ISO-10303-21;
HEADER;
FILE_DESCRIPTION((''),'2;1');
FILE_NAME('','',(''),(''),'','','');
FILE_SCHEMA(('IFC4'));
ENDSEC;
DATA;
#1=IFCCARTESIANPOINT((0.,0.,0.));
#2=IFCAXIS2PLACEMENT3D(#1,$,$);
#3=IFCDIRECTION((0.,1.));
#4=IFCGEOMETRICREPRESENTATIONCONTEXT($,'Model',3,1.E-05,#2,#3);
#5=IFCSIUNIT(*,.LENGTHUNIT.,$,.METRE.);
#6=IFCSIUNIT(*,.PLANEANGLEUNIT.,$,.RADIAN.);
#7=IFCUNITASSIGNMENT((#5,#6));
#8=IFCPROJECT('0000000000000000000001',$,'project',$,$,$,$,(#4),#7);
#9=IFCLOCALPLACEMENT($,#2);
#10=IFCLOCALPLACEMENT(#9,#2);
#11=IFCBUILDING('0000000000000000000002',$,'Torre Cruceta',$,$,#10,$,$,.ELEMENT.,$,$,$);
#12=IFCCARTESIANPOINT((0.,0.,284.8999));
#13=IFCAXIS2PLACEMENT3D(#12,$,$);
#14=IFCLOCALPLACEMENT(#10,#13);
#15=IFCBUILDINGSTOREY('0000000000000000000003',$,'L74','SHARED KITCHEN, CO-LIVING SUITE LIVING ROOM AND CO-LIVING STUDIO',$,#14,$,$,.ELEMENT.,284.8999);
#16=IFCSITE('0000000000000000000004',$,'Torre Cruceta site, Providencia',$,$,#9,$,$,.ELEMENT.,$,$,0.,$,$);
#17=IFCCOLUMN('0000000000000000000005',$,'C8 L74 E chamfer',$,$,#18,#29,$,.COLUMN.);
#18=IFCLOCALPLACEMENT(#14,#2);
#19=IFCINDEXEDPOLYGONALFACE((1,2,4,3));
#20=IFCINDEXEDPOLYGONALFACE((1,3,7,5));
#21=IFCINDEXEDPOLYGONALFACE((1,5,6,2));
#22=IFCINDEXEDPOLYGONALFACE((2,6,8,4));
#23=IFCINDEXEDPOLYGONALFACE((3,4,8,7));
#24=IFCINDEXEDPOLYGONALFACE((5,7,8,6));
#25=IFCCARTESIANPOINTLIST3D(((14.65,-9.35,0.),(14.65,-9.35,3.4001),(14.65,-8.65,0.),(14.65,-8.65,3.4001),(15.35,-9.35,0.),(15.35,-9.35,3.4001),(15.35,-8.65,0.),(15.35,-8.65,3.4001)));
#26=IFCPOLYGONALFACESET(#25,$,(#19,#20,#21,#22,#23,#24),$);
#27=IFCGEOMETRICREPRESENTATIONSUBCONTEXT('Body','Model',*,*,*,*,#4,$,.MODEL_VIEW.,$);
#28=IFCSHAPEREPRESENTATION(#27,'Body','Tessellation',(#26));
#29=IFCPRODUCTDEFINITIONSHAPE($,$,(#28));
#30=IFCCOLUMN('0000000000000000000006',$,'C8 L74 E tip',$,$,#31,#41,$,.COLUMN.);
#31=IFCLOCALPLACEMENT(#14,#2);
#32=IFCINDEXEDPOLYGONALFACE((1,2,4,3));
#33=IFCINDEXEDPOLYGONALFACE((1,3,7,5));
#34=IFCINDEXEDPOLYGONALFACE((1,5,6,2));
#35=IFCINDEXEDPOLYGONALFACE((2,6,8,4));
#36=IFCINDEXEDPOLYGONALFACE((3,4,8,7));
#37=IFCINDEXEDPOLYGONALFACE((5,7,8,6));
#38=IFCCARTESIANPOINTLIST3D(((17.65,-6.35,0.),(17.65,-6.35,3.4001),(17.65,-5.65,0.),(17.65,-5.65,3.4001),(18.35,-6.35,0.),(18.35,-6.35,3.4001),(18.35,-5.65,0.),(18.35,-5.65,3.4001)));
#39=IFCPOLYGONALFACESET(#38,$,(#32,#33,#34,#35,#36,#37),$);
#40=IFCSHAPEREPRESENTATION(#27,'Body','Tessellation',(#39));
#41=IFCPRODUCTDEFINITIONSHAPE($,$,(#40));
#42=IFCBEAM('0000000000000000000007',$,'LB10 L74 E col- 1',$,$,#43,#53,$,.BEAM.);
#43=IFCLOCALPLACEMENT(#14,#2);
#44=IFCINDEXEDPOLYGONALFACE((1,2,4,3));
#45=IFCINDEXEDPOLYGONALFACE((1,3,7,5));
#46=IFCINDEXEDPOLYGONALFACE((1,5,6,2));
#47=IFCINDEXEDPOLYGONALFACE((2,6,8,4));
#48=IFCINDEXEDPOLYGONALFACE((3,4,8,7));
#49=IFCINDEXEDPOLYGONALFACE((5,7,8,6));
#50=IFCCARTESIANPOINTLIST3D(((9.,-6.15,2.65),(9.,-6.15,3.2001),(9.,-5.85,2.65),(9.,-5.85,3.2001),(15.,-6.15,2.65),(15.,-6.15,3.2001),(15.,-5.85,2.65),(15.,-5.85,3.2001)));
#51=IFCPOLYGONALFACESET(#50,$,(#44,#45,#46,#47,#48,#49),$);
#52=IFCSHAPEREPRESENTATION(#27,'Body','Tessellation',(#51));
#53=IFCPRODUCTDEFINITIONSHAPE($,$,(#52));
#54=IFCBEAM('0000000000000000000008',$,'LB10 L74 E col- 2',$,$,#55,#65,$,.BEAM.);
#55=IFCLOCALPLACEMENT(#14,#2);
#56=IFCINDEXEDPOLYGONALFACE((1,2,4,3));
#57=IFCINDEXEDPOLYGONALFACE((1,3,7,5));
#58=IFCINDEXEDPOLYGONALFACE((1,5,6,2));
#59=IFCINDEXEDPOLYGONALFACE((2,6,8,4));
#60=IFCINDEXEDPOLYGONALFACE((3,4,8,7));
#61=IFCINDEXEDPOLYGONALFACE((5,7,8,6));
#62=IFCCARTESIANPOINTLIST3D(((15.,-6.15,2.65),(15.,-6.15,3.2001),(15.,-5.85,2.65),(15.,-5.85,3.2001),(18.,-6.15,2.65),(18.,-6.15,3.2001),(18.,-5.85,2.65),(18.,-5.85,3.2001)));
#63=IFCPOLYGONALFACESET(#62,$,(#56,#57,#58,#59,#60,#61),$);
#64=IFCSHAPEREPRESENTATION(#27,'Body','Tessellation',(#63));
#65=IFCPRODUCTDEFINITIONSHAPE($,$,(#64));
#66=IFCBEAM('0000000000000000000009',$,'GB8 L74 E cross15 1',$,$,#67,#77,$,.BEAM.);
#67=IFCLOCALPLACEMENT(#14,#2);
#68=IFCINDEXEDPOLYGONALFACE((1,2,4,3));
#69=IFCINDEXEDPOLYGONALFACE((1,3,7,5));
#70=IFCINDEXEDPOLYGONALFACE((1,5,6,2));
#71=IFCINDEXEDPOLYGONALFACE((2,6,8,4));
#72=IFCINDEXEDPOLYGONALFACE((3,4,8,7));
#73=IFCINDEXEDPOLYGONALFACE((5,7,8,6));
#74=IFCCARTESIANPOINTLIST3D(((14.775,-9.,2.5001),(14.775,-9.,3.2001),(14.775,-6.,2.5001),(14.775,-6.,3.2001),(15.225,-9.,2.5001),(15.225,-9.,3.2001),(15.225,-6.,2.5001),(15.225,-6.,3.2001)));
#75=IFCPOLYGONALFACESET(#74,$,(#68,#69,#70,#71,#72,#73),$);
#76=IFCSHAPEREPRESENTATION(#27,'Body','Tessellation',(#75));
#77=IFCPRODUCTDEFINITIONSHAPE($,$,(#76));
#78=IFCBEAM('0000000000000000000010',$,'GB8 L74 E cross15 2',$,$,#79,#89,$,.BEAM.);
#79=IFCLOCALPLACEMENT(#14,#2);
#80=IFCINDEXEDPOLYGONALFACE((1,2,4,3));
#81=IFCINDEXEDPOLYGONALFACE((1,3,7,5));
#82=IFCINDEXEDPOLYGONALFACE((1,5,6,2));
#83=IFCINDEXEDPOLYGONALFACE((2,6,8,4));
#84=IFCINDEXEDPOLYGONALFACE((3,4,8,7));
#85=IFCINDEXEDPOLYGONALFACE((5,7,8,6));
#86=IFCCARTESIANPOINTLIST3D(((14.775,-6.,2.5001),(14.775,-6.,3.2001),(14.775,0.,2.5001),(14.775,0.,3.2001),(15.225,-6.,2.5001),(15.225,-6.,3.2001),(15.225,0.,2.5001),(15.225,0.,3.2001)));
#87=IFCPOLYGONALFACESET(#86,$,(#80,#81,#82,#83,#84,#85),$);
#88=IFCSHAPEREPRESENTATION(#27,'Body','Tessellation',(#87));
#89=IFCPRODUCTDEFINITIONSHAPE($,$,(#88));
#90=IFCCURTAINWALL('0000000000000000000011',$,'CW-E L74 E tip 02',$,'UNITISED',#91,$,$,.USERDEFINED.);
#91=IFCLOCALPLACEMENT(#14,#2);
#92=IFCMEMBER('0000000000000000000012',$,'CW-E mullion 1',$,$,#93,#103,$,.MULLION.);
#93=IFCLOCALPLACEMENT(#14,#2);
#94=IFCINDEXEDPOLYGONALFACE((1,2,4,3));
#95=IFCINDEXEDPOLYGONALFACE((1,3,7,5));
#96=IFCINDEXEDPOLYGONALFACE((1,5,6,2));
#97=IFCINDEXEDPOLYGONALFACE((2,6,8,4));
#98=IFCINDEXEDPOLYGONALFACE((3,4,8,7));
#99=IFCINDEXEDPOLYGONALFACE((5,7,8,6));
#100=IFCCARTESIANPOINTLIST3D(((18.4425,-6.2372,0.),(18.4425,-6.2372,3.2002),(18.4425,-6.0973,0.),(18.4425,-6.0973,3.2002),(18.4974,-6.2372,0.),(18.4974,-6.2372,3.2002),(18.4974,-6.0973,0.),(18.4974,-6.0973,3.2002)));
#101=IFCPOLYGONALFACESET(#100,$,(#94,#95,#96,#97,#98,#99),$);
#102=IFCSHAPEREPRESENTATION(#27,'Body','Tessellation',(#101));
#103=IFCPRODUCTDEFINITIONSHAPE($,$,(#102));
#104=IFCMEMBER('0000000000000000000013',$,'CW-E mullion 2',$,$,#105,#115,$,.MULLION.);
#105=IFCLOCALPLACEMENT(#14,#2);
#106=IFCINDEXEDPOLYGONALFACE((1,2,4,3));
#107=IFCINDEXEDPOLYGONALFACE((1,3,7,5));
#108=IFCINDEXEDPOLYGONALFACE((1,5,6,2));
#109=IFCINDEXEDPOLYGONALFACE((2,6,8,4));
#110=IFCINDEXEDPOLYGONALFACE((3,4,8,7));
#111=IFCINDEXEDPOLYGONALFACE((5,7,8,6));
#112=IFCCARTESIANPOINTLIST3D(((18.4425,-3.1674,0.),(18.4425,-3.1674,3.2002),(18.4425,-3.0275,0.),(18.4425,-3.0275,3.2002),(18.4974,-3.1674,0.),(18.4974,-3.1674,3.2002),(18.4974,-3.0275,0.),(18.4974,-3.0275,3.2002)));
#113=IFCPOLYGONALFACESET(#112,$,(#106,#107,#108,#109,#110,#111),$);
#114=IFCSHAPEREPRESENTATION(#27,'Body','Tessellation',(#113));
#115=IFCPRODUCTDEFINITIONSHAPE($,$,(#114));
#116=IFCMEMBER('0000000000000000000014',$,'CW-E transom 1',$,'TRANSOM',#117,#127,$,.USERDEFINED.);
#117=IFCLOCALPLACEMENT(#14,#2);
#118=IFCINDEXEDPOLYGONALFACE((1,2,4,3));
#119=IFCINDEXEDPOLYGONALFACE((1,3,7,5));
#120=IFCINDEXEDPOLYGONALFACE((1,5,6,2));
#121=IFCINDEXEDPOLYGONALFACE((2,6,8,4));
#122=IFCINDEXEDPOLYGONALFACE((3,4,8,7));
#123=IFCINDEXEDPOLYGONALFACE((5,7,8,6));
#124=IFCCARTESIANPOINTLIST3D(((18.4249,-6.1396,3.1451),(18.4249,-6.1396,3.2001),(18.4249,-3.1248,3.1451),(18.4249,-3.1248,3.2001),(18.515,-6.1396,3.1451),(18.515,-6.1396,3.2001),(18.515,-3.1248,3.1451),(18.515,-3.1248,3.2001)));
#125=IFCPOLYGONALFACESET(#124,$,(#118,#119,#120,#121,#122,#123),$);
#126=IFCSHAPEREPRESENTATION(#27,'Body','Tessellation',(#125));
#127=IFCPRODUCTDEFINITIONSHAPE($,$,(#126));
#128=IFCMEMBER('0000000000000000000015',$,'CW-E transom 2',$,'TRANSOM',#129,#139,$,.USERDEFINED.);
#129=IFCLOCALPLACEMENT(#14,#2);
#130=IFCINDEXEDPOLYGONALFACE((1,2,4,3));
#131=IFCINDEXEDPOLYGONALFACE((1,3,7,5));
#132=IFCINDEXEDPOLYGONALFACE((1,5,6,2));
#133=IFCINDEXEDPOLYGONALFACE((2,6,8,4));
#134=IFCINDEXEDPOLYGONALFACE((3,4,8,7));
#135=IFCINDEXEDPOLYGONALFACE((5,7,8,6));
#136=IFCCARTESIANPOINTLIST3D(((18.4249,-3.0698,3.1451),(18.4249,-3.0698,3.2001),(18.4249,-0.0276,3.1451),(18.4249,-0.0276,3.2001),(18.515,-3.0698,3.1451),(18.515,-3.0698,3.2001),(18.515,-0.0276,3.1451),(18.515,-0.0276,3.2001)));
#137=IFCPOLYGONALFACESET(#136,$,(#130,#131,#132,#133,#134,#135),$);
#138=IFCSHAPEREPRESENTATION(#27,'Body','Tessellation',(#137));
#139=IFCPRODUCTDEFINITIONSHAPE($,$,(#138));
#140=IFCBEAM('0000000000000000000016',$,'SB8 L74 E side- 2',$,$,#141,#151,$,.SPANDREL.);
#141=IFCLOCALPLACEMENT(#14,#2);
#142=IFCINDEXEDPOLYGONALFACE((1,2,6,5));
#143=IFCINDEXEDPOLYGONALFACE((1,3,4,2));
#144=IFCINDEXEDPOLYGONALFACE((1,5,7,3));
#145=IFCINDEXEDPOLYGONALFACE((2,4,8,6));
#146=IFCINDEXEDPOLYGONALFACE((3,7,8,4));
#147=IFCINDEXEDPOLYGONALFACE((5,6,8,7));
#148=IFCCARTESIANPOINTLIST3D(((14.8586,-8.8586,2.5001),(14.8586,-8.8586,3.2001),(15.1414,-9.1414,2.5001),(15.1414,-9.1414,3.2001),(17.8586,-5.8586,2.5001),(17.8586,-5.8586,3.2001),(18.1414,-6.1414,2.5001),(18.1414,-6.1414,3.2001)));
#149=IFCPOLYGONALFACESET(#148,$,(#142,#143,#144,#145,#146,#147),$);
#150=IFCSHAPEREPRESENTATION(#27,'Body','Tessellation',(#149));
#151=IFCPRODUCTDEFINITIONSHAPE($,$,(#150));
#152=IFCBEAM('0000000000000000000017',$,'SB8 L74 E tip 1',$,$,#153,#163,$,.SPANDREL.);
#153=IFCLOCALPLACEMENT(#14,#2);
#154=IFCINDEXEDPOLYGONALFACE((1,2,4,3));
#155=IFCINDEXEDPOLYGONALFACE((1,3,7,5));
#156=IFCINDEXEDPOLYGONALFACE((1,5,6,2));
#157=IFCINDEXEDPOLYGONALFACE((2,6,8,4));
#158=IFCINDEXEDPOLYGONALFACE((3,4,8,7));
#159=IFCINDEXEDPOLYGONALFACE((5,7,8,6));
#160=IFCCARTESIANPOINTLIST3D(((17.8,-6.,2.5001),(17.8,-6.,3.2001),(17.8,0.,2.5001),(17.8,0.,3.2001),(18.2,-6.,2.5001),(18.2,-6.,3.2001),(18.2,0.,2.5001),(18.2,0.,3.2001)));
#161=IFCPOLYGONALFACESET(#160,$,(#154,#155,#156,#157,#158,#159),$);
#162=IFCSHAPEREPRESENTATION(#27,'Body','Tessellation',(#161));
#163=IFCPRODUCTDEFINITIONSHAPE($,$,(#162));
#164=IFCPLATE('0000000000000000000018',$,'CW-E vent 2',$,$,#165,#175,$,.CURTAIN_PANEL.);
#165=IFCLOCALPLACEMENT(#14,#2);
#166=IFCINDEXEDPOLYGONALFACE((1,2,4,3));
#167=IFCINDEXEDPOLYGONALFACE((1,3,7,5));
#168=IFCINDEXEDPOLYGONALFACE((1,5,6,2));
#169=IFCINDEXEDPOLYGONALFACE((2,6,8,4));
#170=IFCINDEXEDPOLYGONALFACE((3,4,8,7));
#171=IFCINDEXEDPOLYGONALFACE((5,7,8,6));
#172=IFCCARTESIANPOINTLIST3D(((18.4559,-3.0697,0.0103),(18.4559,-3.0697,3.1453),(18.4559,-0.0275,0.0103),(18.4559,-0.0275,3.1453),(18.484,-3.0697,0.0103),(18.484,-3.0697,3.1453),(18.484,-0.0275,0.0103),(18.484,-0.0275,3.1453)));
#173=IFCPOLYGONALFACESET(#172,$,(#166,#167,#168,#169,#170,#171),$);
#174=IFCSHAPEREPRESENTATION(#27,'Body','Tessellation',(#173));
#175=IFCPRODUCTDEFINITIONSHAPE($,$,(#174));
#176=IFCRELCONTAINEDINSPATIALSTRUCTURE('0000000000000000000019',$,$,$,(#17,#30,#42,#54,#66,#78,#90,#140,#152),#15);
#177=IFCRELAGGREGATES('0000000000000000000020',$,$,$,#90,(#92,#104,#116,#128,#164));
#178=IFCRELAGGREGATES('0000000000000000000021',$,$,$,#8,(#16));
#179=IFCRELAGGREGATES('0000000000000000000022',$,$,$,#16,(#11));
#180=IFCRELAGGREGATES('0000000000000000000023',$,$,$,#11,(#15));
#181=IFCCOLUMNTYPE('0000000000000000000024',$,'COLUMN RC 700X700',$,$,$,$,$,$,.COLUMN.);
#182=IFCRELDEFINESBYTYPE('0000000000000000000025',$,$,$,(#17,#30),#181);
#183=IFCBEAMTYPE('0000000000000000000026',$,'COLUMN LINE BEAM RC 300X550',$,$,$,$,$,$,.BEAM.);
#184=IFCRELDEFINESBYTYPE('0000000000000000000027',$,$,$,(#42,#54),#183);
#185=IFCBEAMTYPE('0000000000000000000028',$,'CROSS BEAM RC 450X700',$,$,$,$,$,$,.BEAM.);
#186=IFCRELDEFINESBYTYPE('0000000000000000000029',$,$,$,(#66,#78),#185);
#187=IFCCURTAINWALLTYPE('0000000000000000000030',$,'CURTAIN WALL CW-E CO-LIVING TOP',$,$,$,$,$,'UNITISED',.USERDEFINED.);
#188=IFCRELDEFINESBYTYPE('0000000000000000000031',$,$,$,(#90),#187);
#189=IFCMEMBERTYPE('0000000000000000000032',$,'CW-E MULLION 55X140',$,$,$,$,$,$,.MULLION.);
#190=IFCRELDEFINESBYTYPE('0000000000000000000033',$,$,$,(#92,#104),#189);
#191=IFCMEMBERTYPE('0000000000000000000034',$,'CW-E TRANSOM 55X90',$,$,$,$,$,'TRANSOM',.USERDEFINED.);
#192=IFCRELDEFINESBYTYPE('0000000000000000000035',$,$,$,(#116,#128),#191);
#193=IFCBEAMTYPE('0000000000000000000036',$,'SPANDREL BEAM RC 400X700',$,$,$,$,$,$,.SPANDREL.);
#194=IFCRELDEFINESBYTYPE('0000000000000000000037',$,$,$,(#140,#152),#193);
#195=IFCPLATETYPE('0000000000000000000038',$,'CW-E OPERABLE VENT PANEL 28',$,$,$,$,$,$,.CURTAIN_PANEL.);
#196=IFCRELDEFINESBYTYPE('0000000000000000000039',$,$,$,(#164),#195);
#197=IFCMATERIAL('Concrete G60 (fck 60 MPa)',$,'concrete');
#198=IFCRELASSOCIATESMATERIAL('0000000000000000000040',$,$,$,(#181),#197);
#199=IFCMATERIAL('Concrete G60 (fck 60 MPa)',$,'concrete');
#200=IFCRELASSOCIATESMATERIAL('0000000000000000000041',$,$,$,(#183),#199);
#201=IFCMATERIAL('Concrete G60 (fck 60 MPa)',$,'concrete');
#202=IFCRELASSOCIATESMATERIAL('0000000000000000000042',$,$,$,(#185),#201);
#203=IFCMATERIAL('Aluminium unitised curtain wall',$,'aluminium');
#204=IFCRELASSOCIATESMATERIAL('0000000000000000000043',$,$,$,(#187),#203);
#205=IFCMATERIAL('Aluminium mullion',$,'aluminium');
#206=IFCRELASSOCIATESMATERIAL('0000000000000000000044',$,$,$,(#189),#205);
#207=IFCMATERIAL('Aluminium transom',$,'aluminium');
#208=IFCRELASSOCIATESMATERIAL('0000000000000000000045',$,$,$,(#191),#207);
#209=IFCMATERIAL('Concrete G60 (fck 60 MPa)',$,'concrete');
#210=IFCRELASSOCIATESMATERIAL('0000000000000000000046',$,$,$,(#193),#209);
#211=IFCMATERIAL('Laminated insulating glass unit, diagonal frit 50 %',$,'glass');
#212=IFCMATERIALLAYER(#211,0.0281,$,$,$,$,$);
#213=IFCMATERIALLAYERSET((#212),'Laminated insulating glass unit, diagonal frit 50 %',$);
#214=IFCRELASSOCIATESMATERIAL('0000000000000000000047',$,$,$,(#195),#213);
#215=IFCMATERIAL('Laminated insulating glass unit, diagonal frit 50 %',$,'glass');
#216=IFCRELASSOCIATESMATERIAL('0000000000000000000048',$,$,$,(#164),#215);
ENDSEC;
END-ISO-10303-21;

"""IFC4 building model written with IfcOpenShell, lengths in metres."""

from ifc_helpers import new_model, si_unit, direction, frame, origin, origin_2d, place, context, subcontext, project, spatial, rectangle, extrude, material, layer, layer_set, material_profile, profile_set, type_object, element, aggregate, save


model = new_model("IFC4")

# Units and contexts
model_context = context("Model", 3, precision=1e-05, world=origin(), true_north=direction((0.0, 1.0)))
body_context = subcontext(model_context, "Body", "Model", "MODEL_VIEW")
ifc_project = project(units=[si_unit("LENGTHUNIT", "METRE"), si_unit("PLANEANGLEUNIT", "RADIAN")], contexts=[model_context])

# Site, building, storey
site_placement = place(None, origin())
site = spatial("IfcSite", under=ifc_project, at=site_placement, Name="Torre Cruceta site, Providencia", CompositionType="ELEMENT", RefElevation=0.0)
building_placement = place(site_placement, origin())
building = spatial("IfcBuilding", under=site, at=building_placement, Name="Torre Cruceta", CompositionType="ELEMENT")
storey_placement = place(building_placement, frame((0.0, 0.0, 284.8999)))
storey = spatial("IfcBuildingStorey", under=building, at=storey_placement, Name="L74", Description="SHARED KITCHEN, CO-LIVING SUITE LIVING ROOM AND CO-LIVING STUDIO", CompositionType="ELEMENT", Elevation=284.8999)

# Columns
ifc_material_1 = material(Name="Concrete G60 (fck 60 MPa)", Category="concrete")
ifc_material_profile_1 = material_profile(ifc_material_1, rectangle(XDim=0.7, YDim=0.7, at=origin_2d()), Name="RC 700X700")
ifc_profile_set_1 = profile_set([ifc_material_profile_1], Name="Concrete G60 (fck 60 MPa)")
column_type = type_object("IfcColumnType", Name="COLUMN RC 700X700", PredefinedType="COLUMN", material=ifc_profile_set_1)
for number, where, z_axis, x_axis, name in (
    (1, (15.0, -9.0, 0.0), (0.0, 0.0, 1.0), (1.0, 0.0, 0.0), "C8 L74 E chamfer"),
    (2, (18.0, -6.0, 0.0), (0.0, 0.0, 1.0), (1.0, 0.0, 0.0), "C8 L74 E tip"),
):
    element("IfcColumn", number, at=place(storey_placement, frame(where, z_axis=z_axis, x_axis=x_axis)), inside=storey, type_object=column_type, Name=name, PredefinedType="COLUMN", context=body_context, shape_type="SweptSolid", body=[
        extrude(rectangle(XDim=0.7, YDim=0.7, at=origin_2d()), origin(), (0.0, 0.0, 1.0), 3.4001),
    ])

# Beams
ifc_material_2 = material(Name="Concrete G60 (fck 60 MPa)", Category="concrete")
ifc_material_profile_2 = material_profile(ifc_material_2, rectangle(XDim=0.3, YDim=0.55, at=origin_2d()), Name="RC 300X550")
ifc_profile_set_2 = profile_set([ifc_material_profile_2], Name="Concrete G60 (fck 60 MPa)")
beam_type_1 = type_object("IfcBeamType", Name="COLUMN LINE BEAM RC 300X550", PredefinedType="BEAM", material=ifc_profile_set_2)
beam_1_placement = place(storey_placement, frame((9.0, -6.0, 2.925), z_axis=(1.0, 0.0, 0.0), x_axis=(0.0, 1.0, 0.0)))
element("IfcBeam", 3, at=beam_1_placement, inside=storey, type_object=beam_type_1, Name="LB10 L74 E col- 1", PredefinedType="BEAM", context=body_context, shape_type="SweptSolid", body=[
    extrude(rectangle(XDim=0.3, YDim=0.55, at=origin_2d()), origin(), (0.0, 0.0, 1.0), 6.0),
])
beam_2_placement = place(storey_placement, frame((15.0, -6.0, 2.925), z_axis=(1.0, 0.0, 0.0), x_axis=(0.0, 1.0, 0.0)))
element("IfcBeam", 4, at=beam_2_placement, inside=storey, type_object=beam_type_1, Name="LB10 L74 E col- 2", PredefinedType="BEAM", context=body_context, shape_type="SweptSolid", body=[
    extrude(rectangle(XDim=0.3, YDim=0.55, at=origin_2d()), origin(), (0.0, 0.0, 1.0), 3.0),
])
ifc_material_3 = material(Name="Concrete G60 (fck 60 MPa)", Category="concrete")
ifc_material_profile_3 = material_profile(ifc_material_3, rectangle(XDim=0.45, YDim=0.7, at=origin_2d()), Name="RC 450X700")
ifc_profile_set_3 = profile_set([ifc_material_profile_3], Name="Concrete G60 (fck 60 MPa)")
beam_type_2 = type_object("IfcBeamType", Name="CROSS BEAM RC 450X700", PredefinedType="BEAM", material=ifc_profile_set_3)
beam_3_placement = place(storey_placement, frame((15.0, -9.0, 2.8501), z_axis=(0.0, 1.0, 0.0), x_axis=(-1.0, 0.0, 0.0)))
element("IfcBeam", 5, at=beam_3_placement, inside=storey, type_object=beam_type_2, Name="GB8 L74 E cross15 1", PredefinedType="BEAM", context=body_context, shape_type="SweptSolid", body=[
    extrude(rectangle(XDim=0.45, YDim=0.7, at=origin_2d()), origin(), (0.0, 0.0, 1.0), 3.0),
])
beam_4_placement = place(storey_placement, frame((15.0, -6.0, 2.8501), z_axis=(0.0, 1.0, 0.0), x_axis=(-1.0, 0.0, 0.0)))
element("IfcBeam", 6, at=beam_4_placement, inside=storey, type_object=beam_type_2, Name="GB8 L74 E cross15 2", PredefinedType="BEAM", context=body_context, shape_type="SweptSolid", body=[
    extrude(rectangle(XDim=0.45, YDim=0.7, at=origin_2d()), origin(), (0.0, 0.0, 1.0), 6.0),
])

# Curtain wall, members
ifc_material_4 = material(Name="Aluminium unitised curtain wall", Category="aluminium")
curtain_wall_type = type_object("IfcCurtainWallType", Name="CURTAIN WALL CW-E CO-LIVING TOP", ElementType="UNITISED", PredefinedType="USERDEFINED", material=ifc_material_4)
curtain_wall_placement = place(storey_placement, origin())
curtain_wall = element("IfcCurtainWall", 7, at=curtain_wall_placement, inside=storey, type_object=curtain_wall_type, Name="CW-E L74 E tip 02", ObjectType="UNITISED", PredefinedType="USERDEFINED")
ifc_material_5 = material(Name="Aluminium mullion", Category="aluminium")
ifc_material_profile_4 = material_profile(ifc_material_5, rectangle(XDim=0.0549, YDim=0.1399, at=origin_2d()), Name="AL 55X140")
ifc_profile_set_4 = profile_set([ifc_material_profile_4], Name="Aluminium mullion")
member_type_1 = type_object("IfcMemberType", Name="CW-E MULLION 55X140", PredefinedType="MULLION", material=ifc_profile_set_4)
member_1_placement = place(storey_placement, frame((18.47, -6.1672, 0.0), z_axis=(0.0, 0.0, 1.0), x_axis=(-1.0, 0.0, 0.0)))
member_1 = element("IfcMember", 8, at=member_1_placement, type_object=member_type_1, Name="CW-E mullion 1", PredefinedType="MULLION", context=body_context, shape_type="SweptSolid", body=[
    extrude(rectangle(XDim=0.0549, YDim=0.1399, at=origin_2d()), origin(), (0.0, 0.0, 1.0), 3.2002),
])
member_2_placement = place(storey_placement, frame((18.47, -3.0974, 0.0), z_axis=(0.0, 0.0, 1.0), x_axis=(-1.0, 0.0, 0.0)))
member_2 = element("IfcMember", 9, at=member_2_placement, type_object=member_type_1, Name="CW-E mullion 2", PredefinedType="MULLION", context=body_context, shape_type="SweptSolid", body=[
    extrude(rectangle(XDim=0.0549, YDim=0.1399, at=origin_2d()), origin(), (0.0, 0.0, 1.0), 3.2002),
])
ifc_material_6 = material(Name="Aluminium transom", Category="aluminium")
ifc_material_profile_5 = material_profile(ifc_material_6, rectangle(XDim=0.0901, YDim=0.0549, at=origin_2d()), Name="AL 90X55")
ifc_profile_set_5 = profile_set([ifc_material_profile_5], Name="Aluminium transom")
member_type_2 = type_object("IfcMemberType", Name="CW-E TRANSOM 55X90", ElementType="TRANSOM", PredefinedType="USERDEFINED", material=ifc_profile_set_5)
member_3_placement = place(storey_placement, frame((18.47, -6.1396, 3.1726), z_axis=(0.0, 1.0, 0.0), x_axis=(-1.0, 0.0, 0.0)))
member_3 = element("IfcMember", 10, at=member_3_placement, type_object=member_type_2, Name="CW-E transom 1", ObjectType="TRANSOM", PredefinedType="USERDEFINED", context=body_context, shape_type="SweptSolid", body=[
    extrude(rectangle(XDim=0.0901, YDim=0.0549, at=origin_2d()), origin(), (0.0, 0.0, 1.0), 3.0149),
])
member_4_placement = place(storey_placement, frame((18.47, -3.0698, 3.1726), z_axis=(0.0, 1.0, 0.0), x_axis=(-1.0, 0.0, 0.0)))
member_4 = element("IfcMember", 11, at=member_4_placement, type_object=member_type_2, Name="CW-E transom 2", ObjectType="TRANSOM", PredefinedType="USERDEFINED", context=body_context, shape_type="SweptSolid", body=[
    extrude(rectangle(XDim=0.0901, YDim=0.0549, at=origin_2d()), origin(), (0.0, 0.0, 1.0), 3.0422),
])

# Beams
ifc_material_7 = material(Name="Concrete G60 (fck 60 MPa)", Category="concrete")
ifc_material_profile_6 = material_profile(ifc_material_7, rectangle(XDim=0.3999, YDim=0.7, at=origin_2d()), Name="RC 400X700")
ifc_profile_set_6 = profile_set([ifc_material_profile_6], Name="Concrete G60 (fck 60 MPa)")
beam_type_3 = type_object("IfcBeamType", Name="SPANDREL BEAM RC 400X700", PredefinedType="SPANDREL", material=ifc_profile_set_6)
beam_5_placement = place(storey_placement, frame((15.0, -9.0, 2.8501), z_axis=(0.707107, 0.707107, 0.0), x_axis=(-0.707107, 0.707107, 0.0)))
element("IfcBeam", 12, at=beam_5_placement, inside=storey, type_object=beam_type_3, Name="SB8 L74 E side- 2", PredefinedType="SPANDREL", context=body_context, shape_type="SweptSolid", body=[
    extrude(rectangle(XDim=0.3999, YDim=0.7, at=origin_2d()), origin(), (0.0, 0.0, 1.0), 4.2427),
])
beam_6_placement = place(storey_placement, frame((18.0, -6.0, 2.8501), z_axis=(0.0, 1.0, 0.0), x_axis=(-1.0, 0.0, 0.0)))
element("IfcBeam", 13, at=beam_6_placement, inside=storey, type_object=beam_type_3, Name="SB8 L74 E tip 1", PredefinedType="SPANDREL", context=body_context, shape_type="SweptSolid", body=[
    extrude(rectangle(XDim=0.3999, YDim=0.7, at=origin_2d()), origin(), (0.0, 0.0, 1.0), 6.0),
])

# Plate
ifc_material_8 = material(Name="Laminated insulating glass unit, diagonal frit 50 %", Category="glass")
ifc_material_9 = material(Name="Laminated insulating glass unit, diagonal frit 50 %", Category="glass")
ifc_layer_1 = layer(ifc_material_9, 0.0281)
ifc_layer_set_1 = layer_set([ifc_layer_1], Name="Laminated insulating glass unit, diagonal frit 50 %")
plate_type_1 = type_object("IfcPlateType", Name="CW-E OPERABLE VENT PANEL 28", PredefinedType="CURTAIN_PANEL", material=ifc_layer_set_1)
plate_1_placement = place(storey_placement, frame((18.47, -1.5486, 0.0103), z_axis=(0.0, 0.0, 1.0), x_axis=(0.0, 1.0, 0.0)))
plate_1 = element("IfcPlate", 14, at=plate_1_placement, type_object=plate_type_1, material=ifc_material_8, Name="CW-E vent 2", PredefinedType="CURTAIN_PANEL", context=body_context, shape_type="SweptSolid", body=[
    extrude(rectangle(XDim=3.0422, YDim=0.0281, at=origin_2d()), origin(), (0.0, 0.0, 1.0), 3.135),
])
aggregate(curtain_wall, [member_1, member_2, member_3, member_4, plate_1])

save(model, "model.ifc")
